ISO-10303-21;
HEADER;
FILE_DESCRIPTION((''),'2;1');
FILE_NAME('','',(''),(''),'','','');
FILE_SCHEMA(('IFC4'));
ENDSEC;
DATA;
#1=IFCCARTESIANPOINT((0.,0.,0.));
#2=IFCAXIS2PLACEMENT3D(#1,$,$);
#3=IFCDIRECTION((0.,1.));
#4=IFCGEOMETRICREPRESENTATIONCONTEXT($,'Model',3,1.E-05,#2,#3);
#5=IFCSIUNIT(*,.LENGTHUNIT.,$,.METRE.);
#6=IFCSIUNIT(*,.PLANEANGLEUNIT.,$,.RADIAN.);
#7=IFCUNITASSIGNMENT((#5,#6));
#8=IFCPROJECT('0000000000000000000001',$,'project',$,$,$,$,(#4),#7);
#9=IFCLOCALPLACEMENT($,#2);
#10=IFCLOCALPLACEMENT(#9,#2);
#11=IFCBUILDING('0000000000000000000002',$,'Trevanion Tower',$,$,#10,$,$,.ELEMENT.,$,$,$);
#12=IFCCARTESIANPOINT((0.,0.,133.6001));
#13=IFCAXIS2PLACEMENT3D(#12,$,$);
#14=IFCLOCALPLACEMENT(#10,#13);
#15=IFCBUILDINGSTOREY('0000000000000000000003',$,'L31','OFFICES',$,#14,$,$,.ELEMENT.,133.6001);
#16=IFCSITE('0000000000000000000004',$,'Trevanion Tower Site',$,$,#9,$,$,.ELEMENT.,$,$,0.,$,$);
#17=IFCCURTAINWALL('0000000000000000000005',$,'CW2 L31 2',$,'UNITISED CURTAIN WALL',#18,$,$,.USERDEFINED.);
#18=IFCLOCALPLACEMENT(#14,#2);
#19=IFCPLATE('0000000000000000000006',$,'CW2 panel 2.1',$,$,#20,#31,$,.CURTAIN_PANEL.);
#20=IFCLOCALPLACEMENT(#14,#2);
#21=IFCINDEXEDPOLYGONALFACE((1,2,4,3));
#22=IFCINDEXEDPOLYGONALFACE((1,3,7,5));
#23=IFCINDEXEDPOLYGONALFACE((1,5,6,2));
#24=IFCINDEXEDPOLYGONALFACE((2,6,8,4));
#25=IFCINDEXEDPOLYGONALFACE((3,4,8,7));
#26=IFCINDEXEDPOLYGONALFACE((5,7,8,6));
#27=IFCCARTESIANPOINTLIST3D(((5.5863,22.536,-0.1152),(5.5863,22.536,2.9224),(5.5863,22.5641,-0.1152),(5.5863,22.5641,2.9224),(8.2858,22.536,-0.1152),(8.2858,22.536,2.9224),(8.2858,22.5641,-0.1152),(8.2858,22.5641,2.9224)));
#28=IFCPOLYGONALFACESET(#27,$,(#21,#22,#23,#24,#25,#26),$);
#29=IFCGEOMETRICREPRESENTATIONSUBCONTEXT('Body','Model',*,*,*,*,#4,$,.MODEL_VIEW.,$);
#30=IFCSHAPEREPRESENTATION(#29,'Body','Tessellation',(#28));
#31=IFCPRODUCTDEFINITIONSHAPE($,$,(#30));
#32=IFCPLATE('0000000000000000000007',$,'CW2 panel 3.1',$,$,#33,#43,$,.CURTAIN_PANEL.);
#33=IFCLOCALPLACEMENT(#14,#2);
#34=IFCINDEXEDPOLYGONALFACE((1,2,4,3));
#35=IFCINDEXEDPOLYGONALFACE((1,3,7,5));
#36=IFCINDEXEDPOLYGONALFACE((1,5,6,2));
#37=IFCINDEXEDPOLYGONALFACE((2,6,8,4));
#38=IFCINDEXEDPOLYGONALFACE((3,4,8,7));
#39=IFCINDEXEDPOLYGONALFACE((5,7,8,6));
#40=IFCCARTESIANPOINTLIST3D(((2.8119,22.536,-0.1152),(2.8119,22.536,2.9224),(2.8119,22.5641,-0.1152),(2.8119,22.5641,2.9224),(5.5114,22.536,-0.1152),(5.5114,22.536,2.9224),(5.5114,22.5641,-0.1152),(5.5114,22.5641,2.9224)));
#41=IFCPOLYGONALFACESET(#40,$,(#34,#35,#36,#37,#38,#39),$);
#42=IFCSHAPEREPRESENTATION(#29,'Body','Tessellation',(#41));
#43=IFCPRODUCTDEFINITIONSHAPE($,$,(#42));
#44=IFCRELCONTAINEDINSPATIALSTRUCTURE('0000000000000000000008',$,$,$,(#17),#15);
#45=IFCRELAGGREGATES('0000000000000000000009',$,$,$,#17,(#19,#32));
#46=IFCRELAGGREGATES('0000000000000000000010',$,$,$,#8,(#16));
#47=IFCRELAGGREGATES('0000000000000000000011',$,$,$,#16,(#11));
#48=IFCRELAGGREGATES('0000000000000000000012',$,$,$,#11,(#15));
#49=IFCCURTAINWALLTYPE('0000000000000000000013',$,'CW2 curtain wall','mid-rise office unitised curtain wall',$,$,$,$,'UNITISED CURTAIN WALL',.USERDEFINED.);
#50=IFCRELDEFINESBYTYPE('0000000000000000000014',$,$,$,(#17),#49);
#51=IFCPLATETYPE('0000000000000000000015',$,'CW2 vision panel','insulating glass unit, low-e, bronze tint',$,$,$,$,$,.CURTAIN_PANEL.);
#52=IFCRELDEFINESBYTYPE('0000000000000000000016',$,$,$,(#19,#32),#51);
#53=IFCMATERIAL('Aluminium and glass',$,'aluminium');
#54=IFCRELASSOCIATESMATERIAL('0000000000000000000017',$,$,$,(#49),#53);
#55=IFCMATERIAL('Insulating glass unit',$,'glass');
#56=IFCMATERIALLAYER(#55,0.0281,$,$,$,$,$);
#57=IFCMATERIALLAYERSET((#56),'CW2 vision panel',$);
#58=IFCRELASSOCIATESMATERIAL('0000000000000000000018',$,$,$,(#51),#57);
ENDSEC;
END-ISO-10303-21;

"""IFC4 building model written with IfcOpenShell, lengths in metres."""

from ifc_helpers import new_model, si_unit, direction, frame, origin, origin_2d, place, context, subcontext, project, spatial, rectangle, extrude, material, layer, layer_set, type_object, element, aggregate, save


model = new_model("IFC4")

# Units and contexts
model_context = context("Model", 3, precision=1e-05, world=origin(), true_north=direction((0.0, 1.0)))
body_context = subcontext(model_context, "Body", "Model", "MODEL_VIEW")
ifc_project = project(units=[si_unit("LENGTHUNIT", "METRE"), si_unit("PLANEANGLEUNIT", "RADIAN")], contexts=[model_context])

# Site, building, storey
site_placement = place(None, origin())
site = spatial("IfcSite", under=ifc_project, at=site_placement, Name="Trevanion Tower Site", CompositionType="ELEMENT", RefElevation=0.0)
building_placement = place(site_placement, origin())
building = spatial("IfcBuilding", under=site, at=building_placement, Name="Trevanion Tower", CompositionType="ELEMENT")
storey_placement = place(building_placement, frame((0.0, 0.0, 133.6001)))
storey = spatial("IfcBuildingStorey", under=building, at=storey_placement, Name="L31", Description="OFFICES", CompositionType="ELEMENT", Elevation=133.6001)

# Curtain wall, plates
ifc_material_1 = material(Name="Aluminium and glass", Category="aluminium")
curtain_wall_type = type_object("IfcCurtainWallType", Name="CW2 curtain wall", Description="mid-rise office unitised curtain wall", ElementType="UNITISED CURTAIN WALL", PredefinedType="USERDEFINED", material=ifc_material_1)
curtain_wall_placement = place(storey_placement, origin())
curtain_wall = element("IfcCurtainWall", 1, at=curtain_wall_placement, inside=storey, type_object=curtain_wall_type, Name="CW2 L31 2", ObjectType="UNITISED CURTAIN WALL", PredefinedType="USERDEFINED")
ifc_material_2 = material(Name="Insulating glass unit", Category="glass")
ifc_layer_1 = layer(ifc_material_2, 0.0281)
ifc_layer_set_1 = layer_set([ifc_layer_1], Name="CW2 vision panel")
plate_type_1 = type_object("IfcPlateType", Name="CW2 vision panel", Description="insulating glass unit, low-e, bronze tint", PredefinedType="CURTAIN_PANEL", material=ifc_layer_set_1)
plate_1_placement = place(storey_placement, frame((6.936, 22.55, -0.1152), z_axis=(0.0, 0.0, 1.0), x_axis=(-1.0, 0.0, 0.0)))
plate_1 = element("IfcPlate", 2, at=plate_1_placement, type_object=plate_type_1, Name="CW2 panel 2.1", PredefinedType="CURTAIN_PANEL", context=body_context, shape_type="SweptSolid", body=[
    extrude(rectangle(XDim=2.6995, YDim=0.0281, at=origin_2d()), origin(), (0.0, 0.0, 1.0), 3.0376),
])
plate_2_placement = place(storey_placement, frame((4.1616, 22.55, -0.1152), z_axis=(0.0, 0.0, 1.0), x_axis=(-1.0, 0.0, 0.0)))
plate_2 = element("IfcPlate", 3, at=plate_2_placement, type_object=plate_type_1, Name="CW2 panel 3.1", PredefinedType="CURTAIN_PANEL", context=body_context, shape_type="SweptSolid", body=[
    extrude(rectangle(XDim=2.6995, YDim=0.0281, at=origin_2d()), origin(), (0.0, 0.0, 1.0), 3.0376),
])
aggregate(curtain_wall, [plate_1, plate_2])

save(model, "model.ifc")
